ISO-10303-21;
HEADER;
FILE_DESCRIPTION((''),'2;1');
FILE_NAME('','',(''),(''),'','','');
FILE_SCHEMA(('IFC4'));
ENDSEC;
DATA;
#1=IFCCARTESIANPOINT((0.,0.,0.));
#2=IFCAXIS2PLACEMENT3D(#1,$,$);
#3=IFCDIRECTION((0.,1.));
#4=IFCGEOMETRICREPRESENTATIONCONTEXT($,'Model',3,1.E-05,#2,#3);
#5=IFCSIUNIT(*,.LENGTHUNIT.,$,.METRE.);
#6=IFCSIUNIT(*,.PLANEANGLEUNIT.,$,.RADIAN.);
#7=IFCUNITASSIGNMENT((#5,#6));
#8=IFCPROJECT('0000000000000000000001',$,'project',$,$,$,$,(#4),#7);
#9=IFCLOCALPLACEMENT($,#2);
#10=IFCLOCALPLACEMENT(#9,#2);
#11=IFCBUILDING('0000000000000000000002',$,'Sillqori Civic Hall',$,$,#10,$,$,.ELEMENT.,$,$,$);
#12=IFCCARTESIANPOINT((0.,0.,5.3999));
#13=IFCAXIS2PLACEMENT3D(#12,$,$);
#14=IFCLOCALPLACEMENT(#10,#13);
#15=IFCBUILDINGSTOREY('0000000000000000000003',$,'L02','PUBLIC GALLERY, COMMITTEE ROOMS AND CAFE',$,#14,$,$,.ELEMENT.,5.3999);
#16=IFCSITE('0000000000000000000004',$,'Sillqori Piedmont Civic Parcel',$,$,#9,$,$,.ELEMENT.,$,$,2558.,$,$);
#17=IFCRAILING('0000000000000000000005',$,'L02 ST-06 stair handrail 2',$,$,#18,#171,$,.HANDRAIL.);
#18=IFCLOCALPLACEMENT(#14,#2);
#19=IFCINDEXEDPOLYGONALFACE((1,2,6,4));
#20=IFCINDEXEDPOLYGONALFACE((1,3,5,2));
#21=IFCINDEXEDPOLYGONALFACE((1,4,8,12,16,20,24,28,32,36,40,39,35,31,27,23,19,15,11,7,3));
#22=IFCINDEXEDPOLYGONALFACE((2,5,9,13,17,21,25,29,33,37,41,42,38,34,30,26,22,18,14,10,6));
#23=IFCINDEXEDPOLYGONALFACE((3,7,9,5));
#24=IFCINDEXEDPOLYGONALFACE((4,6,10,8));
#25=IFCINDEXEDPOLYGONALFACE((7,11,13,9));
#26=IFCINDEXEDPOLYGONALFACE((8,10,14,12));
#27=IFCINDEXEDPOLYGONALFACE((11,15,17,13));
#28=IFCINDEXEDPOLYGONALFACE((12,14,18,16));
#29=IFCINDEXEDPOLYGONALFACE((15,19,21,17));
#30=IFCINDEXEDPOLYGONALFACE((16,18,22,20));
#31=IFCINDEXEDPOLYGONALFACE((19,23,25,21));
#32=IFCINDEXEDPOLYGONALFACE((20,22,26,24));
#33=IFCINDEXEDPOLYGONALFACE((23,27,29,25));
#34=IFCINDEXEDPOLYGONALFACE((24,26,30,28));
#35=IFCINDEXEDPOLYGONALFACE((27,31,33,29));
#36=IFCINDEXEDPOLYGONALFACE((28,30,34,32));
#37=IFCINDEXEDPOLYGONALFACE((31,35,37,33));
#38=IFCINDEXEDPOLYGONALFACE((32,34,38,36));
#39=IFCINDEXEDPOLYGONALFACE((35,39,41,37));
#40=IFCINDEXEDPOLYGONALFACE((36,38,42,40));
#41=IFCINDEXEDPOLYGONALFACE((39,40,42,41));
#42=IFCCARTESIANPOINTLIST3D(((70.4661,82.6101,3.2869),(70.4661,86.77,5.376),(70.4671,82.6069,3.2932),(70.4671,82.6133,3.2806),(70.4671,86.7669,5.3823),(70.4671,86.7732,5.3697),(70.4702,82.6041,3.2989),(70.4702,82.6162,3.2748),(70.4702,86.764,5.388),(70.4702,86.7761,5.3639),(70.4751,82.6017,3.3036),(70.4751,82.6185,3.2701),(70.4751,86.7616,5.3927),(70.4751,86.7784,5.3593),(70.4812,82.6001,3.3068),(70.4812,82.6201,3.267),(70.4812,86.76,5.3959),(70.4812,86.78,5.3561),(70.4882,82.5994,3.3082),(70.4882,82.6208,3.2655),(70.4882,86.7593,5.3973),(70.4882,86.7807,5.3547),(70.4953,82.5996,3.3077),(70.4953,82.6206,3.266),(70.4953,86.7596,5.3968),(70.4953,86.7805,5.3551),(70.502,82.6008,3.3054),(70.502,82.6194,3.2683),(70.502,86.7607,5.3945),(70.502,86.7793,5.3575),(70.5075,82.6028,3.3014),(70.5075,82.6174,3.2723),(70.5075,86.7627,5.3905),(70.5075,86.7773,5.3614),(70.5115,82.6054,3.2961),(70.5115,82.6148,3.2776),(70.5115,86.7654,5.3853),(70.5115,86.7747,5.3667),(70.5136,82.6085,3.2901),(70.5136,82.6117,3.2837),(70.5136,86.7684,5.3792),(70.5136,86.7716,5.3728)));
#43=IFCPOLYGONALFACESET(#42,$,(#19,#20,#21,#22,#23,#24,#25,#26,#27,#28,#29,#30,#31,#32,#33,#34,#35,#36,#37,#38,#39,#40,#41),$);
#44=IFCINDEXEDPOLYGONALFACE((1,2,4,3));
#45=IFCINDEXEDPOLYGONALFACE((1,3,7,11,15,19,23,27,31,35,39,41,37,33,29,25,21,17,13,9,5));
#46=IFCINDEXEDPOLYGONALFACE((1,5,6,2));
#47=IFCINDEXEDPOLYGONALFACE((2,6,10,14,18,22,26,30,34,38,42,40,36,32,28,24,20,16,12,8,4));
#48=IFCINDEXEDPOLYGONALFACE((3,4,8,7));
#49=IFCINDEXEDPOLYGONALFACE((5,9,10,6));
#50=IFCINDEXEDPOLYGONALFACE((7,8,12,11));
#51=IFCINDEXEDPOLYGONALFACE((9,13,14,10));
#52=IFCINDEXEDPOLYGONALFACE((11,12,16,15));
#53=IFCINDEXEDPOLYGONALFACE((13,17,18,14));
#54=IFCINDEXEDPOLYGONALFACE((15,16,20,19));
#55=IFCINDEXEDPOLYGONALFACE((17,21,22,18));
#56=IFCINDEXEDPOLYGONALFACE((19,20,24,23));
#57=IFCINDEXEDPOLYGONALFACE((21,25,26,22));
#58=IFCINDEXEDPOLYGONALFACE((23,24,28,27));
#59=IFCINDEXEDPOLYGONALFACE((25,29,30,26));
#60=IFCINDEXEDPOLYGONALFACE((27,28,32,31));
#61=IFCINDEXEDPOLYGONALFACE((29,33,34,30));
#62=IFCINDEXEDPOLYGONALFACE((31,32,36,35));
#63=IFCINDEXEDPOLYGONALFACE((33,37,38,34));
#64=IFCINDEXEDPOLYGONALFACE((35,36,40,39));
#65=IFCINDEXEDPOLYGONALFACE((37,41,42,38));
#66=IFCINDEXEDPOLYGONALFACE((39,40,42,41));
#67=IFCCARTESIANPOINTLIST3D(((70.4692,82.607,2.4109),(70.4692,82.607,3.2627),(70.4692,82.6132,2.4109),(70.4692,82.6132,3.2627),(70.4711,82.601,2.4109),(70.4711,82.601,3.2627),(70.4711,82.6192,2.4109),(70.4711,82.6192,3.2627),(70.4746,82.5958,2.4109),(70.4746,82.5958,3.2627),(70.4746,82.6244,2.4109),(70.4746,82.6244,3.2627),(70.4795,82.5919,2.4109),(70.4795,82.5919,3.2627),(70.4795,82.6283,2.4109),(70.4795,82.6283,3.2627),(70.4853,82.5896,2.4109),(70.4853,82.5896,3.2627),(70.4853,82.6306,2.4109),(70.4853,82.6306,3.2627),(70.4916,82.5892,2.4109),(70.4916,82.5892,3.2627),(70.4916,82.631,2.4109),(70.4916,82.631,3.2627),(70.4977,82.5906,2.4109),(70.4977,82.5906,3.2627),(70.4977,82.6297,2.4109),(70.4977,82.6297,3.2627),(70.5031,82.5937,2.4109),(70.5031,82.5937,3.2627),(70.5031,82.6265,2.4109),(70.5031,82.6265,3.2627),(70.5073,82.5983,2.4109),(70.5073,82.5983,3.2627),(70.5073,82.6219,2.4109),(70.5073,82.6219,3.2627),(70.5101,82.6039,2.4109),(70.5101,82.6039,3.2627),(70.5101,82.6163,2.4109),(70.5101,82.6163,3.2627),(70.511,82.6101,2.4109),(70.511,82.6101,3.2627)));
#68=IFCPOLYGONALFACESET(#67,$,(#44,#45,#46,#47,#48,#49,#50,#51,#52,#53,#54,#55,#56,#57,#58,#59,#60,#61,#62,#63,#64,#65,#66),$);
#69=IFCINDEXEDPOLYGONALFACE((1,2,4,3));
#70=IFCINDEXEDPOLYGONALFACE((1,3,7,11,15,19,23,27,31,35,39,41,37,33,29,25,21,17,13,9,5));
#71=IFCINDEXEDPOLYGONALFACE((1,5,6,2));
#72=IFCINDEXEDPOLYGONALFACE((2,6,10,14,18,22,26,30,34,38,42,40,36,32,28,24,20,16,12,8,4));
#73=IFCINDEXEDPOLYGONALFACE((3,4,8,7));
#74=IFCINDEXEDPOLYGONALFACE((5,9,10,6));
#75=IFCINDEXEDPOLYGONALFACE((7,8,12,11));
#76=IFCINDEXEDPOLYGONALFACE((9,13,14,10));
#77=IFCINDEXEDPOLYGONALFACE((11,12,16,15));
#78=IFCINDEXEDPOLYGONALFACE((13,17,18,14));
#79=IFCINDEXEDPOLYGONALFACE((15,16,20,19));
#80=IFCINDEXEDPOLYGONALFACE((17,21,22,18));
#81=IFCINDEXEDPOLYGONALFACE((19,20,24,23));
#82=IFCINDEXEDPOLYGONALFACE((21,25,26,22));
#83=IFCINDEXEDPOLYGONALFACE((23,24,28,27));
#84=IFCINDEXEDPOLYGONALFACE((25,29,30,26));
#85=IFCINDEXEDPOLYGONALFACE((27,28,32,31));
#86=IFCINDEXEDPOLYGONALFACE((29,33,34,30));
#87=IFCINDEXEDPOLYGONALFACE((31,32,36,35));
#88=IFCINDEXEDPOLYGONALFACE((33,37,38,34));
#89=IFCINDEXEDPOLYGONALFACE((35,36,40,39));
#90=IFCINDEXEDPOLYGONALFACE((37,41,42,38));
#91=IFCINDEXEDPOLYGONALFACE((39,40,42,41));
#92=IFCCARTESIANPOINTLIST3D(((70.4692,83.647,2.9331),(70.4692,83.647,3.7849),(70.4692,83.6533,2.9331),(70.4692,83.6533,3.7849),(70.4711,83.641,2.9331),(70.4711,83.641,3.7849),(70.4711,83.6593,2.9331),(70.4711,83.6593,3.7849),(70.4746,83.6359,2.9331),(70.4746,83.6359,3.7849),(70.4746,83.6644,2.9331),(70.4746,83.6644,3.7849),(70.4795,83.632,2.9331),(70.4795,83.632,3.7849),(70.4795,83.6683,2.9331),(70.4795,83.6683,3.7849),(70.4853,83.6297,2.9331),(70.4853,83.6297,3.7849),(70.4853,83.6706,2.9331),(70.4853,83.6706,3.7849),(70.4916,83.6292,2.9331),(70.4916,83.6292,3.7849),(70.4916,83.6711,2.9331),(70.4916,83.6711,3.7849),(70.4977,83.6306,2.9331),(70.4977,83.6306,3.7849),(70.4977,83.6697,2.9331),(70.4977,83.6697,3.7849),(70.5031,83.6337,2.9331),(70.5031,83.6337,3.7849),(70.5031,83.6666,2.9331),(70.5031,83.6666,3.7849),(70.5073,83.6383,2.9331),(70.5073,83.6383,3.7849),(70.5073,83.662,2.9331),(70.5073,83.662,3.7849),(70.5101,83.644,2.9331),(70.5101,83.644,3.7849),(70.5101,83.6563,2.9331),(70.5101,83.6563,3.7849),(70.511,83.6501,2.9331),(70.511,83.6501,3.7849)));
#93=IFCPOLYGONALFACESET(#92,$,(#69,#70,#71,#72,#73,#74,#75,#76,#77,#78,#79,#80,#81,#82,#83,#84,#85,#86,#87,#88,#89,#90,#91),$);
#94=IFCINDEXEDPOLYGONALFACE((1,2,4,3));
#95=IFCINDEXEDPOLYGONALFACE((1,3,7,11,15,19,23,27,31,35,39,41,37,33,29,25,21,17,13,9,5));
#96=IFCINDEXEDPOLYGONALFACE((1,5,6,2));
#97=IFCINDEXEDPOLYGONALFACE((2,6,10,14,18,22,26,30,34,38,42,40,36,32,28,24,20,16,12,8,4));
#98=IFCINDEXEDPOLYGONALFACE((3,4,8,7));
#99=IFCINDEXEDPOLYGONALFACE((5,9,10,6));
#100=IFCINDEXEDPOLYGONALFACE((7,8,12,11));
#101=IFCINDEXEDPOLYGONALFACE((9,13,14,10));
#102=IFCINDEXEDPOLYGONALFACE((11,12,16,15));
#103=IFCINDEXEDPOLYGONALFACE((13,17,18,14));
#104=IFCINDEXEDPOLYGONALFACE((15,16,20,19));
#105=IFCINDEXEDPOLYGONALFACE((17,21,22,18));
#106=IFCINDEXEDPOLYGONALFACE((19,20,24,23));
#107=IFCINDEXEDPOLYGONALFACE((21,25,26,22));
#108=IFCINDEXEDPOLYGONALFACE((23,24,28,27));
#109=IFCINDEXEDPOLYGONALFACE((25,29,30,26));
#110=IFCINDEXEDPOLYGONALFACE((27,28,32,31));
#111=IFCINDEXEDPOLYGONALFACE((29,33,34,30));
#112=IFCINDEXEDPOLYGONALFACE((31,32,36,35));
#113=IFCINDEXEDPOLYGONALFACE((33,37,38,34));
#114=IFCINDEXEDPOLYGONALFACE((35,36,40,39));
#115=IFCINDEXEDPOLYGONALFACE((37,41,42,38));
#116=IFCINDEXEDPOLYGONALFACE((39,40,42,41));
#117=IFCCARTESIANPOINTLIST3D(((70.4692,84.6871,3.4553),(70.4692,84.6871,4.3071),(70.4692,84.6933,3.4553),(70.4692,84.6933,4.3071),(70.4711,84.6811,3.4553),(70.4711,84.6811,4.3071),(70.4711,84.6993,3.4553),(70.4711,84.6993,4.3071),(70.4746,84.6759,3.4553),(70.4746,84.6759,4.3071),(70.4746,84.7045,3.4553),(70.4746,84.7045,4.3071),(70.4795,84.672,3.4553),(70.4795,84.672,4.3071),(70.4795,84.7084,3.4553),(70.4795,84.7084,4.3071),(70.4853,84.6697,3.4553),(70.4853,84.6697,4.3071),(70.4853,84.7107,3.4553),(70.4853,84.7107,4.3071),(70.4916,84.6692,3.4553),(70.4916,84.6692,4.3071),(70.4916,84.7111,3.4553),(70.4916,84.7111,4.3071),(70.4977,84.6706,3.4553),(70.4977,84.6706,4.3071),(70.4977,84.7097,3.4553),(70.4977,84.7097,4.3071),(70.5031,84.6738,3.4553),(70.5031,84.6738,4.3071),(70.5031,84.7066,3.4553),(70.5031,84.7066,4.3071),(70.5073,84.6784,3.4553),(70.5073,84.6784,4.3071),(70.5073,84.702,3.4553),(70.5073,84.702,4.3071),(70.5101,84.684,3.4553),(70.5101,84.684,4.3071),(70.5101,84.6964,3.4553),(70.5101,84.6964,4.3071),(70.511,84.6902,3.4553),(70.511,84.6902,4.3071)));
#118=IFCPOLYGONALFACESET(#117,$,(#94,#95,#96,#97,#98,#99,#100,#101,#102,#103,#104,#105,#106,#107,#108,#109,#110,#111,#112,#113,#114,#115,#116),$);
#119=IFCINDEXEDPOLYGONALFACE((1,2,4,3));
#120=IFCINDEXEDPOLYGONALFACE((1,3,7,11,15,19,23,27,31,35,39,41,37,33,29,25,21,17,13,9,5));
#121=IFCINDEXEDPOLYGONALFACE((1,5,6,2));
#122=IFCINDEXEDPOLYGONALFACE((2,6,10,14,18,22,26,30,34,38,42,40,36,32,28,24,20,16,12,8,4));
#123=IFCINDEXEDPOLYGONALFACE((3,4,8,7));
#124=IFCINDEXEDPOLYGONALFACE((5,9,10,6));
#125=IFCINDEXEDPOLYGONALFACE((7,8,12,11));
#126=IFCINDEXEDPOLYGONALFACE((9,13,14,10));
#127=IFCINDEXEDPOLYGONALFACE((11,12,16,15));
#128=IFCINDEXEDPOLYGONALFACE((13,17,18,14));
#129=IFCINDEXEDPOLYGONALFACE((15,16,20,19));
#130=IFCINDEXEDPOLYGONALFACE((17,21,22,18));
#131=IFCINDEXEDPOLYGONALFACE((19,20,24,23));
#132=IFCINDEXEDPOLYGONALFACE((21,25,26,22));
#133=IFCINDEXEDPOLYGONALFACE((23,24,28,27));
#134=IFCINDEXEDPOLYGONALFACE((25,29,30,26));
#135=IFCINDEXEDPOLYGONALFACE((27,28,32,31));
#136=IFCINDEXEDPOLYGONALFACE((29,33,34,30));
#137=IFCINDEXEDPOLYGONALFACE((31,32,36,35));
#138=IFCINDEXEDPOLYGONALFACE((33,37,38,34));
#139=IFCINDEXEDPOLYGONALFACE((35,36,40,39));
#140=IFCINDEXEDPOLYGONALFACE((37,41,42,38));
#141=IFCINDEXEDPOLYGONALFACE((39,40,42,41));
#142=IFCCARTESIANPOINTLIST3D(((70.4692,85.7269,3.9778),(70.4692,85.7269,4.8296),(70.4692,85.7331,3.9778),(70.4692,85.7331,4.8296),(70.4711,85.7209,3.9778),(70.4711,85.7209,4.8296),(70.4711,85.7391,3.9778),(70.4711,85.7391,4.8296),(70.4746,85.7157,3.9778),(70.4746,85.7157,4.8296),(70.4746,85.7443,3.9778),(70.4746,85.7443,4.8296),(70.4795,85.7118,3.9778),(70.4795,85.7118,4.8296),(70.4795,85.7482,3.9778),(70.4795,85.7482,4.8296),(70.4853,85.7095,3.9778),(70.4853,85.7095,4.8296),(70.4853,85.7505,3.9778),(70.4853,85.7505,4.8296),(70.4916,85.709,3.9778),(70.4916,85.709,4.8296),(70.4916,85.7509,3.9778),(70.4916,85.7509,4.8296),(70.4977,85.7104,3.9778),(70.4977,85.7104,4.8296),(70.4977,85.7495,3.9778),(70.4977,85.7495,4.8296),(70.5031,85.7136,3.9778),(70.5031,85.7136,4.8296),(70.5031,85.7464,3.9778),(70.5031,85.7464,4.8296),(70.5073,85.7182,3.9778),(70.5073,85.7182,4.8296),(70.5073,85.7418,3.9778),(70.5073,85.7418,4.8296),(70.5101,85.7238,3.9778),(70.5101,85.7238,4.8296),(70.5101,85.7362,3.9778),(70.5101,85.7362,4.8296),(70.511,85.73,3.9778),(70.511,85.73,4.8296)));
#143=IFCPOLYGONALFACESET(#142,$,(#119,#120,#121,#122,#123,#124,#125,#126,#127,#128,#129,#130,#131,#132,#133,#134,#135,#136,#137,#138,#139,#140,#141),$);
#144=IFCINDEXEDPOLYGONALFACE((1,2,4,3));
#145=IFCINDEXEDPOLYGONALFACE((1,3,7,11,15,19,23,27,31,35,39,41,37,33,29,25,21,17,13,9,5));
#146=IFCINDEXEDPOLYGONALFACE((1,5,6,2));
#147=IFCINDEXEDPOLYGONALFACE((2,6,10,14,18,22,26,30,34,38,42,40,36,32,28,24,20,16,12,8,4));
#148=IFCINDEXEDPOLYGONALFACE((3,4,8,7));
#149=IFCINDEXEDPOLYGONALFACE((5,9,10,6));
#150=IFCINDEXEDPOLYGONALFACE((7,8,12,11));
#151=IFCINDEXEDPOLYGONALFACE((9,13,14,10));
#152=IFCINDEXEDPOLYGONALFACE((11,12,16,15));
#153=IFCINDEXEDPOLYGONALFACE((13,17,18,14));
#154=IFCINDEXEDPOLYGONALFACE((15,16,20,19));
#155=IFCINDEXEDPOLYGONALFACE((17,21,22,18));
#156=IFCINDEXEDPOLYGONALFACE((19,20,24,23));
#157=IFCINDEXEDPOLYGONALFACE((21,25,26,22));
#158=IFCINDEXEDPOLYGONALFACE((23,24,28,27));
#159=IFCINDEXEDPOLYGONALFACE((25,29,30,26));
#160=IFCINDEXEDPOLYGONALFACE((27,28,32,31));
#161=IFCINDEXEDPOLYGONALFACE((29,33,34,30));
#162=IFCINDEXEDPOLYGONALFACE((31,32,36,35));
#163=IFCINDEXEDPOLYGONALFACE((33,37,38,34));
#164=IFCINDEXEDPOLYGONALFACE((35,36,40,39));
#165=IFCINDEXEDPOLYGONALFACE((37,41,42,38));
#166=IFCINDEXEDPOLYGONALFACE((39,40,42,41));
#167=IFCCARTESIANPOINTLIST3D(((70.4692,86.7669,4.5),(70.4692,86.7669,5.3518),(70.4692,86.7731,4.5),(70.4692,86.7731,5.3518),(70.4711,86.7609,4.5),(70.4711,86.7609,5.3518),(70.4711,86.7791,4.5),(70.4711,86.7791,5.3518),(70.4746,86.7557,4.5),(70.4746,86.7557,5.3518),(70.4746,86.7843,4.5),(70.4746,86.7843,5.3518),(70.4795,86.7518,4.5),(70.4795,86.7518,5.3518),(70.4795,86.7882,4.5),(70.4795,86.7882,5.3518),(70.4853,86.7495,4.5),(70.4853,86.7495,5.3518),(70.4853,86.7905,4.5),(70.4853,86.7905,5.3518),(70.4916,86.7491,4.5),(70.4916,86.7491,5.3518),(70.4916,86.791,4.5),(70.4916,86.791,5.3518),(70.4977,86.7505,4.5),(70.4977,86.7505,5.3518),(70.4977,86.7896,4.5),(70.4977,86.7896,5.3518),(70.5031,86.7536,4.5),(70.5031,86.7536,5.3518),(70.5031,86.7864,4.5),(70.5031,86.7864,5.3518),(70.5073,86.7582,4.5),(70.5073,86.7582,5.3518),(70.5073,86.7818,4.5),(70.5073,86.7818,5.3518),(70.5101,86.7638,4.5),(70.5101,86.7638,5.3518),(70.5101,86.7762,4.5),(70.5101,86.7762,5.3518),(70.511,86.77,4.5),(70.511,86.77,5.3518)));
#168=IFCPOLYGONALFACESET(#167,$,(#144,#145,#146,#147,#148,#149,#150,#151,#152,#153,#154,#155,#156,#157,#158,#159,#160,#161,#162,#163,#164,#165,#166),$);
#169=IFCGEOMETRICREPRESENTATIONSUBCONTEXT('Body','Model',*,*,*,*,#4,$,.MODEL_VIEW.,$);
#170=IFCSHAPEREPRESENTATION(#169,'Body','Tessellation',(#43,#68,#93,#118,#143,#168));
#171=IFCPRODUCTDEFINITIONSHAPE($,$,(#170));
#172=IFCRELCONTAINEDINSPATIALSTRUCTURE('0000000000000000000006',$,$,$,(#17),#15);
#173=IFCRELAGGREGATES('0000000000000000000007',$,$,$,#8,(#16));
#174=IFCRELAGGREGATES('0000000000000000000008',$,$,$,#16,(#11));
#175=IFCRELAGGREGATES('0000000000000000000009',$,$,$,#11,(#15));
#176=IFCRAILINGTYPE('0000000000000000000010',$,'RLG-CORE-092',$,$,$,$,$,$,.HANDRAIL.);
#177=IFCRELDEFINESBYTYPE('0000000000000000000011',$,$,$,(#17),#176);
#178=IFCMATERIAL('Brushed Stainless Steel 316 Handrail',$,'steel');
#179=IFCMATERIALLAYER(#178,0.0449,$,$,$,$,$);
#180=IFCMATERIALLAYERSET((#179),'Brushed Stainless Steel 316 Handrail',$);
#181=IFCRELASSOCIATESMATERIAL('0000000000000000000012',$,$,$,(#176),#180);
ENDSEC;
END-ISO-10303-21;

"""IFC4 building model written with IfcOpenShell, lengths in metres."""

from ifc_helpers import new_model, si_unit, direction, frame, origin, origin_2d, place, context, subcontext, project, spatial, circle, extrude, material, layer, layer_set, type_object, element, save


model = new_model("IFC4")

# Units and contexts
model_context = context("Model", 3, precision=1e-05, world=origin(), true_north=direction((0.0, 1.0)))
body_context = subcontext(model_context, "Body", "Model", "MODEL_VIEW")
ifc_project = project(units=[si_unit("LENGTHUNIT", "METRE"), si_unit("PLANEANGLEUNIT", "RADIAN")], contexts=[model_context])

# Site, building, storey
site_placement = place(None, origin())
site = spatial("IfcSite", under=ifc_project, at=site_placement, Name="Sillqori Piedmont Civic Parcel", CompositionType="ELEMENT", RefElevation=2558.0)
building_placement = place(site_placement, origin())
building = spatial("IfcBuilding", under=site, at=building_placement, Name="Sillqori Civic Hall", CompositionType="ELEMENT")
storey_placement = place(building_placement, frame((0.0, 0.0, 5.3999)))
storey = spatial("IfcBuildingStorey", under=building, at=storey_placement, Name="L02", Description="PUBLIC GALLERY, COMMITTEE ROOMS AND CAFE", CompositionType="ELEMENT", Elevation=5.3999)

# Railing
ifc_material_1 = material(Name="Brushed Stainless Steel 316 Handrail", Category="steel")
ifc_layer_1 = layer(ifc_material_1, 0.0449)
ifc_layer_set_1 = layer_set([ifc_layer_1], Name="Brushed Stainless Steel 316 Handrail")
railing_type_1 = type_object("IfcRailingType", Name="RLG-CORE-092", PredefinedType="HANDRAIL", material=ifc_layer_set_1)
railing_1_placement = place(storey_placement, frame((70.49, 82.6101, 2.4109)))
element("IfcRailing", 1, at=railing_1_placement, inside=storey, type_object=railing_type_1, Name="L02 ST-06 stair handrail 2", PredefinedType="HANDRAIL", context=body_context, shape_type="SweptSolid", body=[
    extrude(circle(Radius=0.0239, at=origin_2d()), frame((0.0, 0.0, 0.876), z_axis=(0.0, 0.893639, 0.448786), x_axis=(-1.0, 0.0, 0.0)), (0.0, 0.0, 1.0), 4.655),
    extrude(circle(Radius=0.021, at=origin_2d()), origin(), (0.0, 0.0, 1.0), 0.8518),
    extrude(circle(Radius=0.021, at=origin_2d()), frame((0.0, 1.04, 0.5222)), (0.0, 0.0, 1.0), 0.8518),
    extrude(circle(Radius=0.021, at=origin_2d()), frame((0.0, 2.0801, 1.0444)), (0.0, 0.0, 1.0), 0.8518),
    extrude(circle(Radius=0.021, at=origin_2d()), frame((0.0, 3.1199, 1.5669)), (0.0, 0.0, 1.0), 0.8518),
    extrude(circle(Radius=0.021, at=origin_2d()), frame((0.0, 4.1599, 2.0891)), (0.0, 0.0, 1.0), 0.8518),
])

save(model, "model.ifc")
